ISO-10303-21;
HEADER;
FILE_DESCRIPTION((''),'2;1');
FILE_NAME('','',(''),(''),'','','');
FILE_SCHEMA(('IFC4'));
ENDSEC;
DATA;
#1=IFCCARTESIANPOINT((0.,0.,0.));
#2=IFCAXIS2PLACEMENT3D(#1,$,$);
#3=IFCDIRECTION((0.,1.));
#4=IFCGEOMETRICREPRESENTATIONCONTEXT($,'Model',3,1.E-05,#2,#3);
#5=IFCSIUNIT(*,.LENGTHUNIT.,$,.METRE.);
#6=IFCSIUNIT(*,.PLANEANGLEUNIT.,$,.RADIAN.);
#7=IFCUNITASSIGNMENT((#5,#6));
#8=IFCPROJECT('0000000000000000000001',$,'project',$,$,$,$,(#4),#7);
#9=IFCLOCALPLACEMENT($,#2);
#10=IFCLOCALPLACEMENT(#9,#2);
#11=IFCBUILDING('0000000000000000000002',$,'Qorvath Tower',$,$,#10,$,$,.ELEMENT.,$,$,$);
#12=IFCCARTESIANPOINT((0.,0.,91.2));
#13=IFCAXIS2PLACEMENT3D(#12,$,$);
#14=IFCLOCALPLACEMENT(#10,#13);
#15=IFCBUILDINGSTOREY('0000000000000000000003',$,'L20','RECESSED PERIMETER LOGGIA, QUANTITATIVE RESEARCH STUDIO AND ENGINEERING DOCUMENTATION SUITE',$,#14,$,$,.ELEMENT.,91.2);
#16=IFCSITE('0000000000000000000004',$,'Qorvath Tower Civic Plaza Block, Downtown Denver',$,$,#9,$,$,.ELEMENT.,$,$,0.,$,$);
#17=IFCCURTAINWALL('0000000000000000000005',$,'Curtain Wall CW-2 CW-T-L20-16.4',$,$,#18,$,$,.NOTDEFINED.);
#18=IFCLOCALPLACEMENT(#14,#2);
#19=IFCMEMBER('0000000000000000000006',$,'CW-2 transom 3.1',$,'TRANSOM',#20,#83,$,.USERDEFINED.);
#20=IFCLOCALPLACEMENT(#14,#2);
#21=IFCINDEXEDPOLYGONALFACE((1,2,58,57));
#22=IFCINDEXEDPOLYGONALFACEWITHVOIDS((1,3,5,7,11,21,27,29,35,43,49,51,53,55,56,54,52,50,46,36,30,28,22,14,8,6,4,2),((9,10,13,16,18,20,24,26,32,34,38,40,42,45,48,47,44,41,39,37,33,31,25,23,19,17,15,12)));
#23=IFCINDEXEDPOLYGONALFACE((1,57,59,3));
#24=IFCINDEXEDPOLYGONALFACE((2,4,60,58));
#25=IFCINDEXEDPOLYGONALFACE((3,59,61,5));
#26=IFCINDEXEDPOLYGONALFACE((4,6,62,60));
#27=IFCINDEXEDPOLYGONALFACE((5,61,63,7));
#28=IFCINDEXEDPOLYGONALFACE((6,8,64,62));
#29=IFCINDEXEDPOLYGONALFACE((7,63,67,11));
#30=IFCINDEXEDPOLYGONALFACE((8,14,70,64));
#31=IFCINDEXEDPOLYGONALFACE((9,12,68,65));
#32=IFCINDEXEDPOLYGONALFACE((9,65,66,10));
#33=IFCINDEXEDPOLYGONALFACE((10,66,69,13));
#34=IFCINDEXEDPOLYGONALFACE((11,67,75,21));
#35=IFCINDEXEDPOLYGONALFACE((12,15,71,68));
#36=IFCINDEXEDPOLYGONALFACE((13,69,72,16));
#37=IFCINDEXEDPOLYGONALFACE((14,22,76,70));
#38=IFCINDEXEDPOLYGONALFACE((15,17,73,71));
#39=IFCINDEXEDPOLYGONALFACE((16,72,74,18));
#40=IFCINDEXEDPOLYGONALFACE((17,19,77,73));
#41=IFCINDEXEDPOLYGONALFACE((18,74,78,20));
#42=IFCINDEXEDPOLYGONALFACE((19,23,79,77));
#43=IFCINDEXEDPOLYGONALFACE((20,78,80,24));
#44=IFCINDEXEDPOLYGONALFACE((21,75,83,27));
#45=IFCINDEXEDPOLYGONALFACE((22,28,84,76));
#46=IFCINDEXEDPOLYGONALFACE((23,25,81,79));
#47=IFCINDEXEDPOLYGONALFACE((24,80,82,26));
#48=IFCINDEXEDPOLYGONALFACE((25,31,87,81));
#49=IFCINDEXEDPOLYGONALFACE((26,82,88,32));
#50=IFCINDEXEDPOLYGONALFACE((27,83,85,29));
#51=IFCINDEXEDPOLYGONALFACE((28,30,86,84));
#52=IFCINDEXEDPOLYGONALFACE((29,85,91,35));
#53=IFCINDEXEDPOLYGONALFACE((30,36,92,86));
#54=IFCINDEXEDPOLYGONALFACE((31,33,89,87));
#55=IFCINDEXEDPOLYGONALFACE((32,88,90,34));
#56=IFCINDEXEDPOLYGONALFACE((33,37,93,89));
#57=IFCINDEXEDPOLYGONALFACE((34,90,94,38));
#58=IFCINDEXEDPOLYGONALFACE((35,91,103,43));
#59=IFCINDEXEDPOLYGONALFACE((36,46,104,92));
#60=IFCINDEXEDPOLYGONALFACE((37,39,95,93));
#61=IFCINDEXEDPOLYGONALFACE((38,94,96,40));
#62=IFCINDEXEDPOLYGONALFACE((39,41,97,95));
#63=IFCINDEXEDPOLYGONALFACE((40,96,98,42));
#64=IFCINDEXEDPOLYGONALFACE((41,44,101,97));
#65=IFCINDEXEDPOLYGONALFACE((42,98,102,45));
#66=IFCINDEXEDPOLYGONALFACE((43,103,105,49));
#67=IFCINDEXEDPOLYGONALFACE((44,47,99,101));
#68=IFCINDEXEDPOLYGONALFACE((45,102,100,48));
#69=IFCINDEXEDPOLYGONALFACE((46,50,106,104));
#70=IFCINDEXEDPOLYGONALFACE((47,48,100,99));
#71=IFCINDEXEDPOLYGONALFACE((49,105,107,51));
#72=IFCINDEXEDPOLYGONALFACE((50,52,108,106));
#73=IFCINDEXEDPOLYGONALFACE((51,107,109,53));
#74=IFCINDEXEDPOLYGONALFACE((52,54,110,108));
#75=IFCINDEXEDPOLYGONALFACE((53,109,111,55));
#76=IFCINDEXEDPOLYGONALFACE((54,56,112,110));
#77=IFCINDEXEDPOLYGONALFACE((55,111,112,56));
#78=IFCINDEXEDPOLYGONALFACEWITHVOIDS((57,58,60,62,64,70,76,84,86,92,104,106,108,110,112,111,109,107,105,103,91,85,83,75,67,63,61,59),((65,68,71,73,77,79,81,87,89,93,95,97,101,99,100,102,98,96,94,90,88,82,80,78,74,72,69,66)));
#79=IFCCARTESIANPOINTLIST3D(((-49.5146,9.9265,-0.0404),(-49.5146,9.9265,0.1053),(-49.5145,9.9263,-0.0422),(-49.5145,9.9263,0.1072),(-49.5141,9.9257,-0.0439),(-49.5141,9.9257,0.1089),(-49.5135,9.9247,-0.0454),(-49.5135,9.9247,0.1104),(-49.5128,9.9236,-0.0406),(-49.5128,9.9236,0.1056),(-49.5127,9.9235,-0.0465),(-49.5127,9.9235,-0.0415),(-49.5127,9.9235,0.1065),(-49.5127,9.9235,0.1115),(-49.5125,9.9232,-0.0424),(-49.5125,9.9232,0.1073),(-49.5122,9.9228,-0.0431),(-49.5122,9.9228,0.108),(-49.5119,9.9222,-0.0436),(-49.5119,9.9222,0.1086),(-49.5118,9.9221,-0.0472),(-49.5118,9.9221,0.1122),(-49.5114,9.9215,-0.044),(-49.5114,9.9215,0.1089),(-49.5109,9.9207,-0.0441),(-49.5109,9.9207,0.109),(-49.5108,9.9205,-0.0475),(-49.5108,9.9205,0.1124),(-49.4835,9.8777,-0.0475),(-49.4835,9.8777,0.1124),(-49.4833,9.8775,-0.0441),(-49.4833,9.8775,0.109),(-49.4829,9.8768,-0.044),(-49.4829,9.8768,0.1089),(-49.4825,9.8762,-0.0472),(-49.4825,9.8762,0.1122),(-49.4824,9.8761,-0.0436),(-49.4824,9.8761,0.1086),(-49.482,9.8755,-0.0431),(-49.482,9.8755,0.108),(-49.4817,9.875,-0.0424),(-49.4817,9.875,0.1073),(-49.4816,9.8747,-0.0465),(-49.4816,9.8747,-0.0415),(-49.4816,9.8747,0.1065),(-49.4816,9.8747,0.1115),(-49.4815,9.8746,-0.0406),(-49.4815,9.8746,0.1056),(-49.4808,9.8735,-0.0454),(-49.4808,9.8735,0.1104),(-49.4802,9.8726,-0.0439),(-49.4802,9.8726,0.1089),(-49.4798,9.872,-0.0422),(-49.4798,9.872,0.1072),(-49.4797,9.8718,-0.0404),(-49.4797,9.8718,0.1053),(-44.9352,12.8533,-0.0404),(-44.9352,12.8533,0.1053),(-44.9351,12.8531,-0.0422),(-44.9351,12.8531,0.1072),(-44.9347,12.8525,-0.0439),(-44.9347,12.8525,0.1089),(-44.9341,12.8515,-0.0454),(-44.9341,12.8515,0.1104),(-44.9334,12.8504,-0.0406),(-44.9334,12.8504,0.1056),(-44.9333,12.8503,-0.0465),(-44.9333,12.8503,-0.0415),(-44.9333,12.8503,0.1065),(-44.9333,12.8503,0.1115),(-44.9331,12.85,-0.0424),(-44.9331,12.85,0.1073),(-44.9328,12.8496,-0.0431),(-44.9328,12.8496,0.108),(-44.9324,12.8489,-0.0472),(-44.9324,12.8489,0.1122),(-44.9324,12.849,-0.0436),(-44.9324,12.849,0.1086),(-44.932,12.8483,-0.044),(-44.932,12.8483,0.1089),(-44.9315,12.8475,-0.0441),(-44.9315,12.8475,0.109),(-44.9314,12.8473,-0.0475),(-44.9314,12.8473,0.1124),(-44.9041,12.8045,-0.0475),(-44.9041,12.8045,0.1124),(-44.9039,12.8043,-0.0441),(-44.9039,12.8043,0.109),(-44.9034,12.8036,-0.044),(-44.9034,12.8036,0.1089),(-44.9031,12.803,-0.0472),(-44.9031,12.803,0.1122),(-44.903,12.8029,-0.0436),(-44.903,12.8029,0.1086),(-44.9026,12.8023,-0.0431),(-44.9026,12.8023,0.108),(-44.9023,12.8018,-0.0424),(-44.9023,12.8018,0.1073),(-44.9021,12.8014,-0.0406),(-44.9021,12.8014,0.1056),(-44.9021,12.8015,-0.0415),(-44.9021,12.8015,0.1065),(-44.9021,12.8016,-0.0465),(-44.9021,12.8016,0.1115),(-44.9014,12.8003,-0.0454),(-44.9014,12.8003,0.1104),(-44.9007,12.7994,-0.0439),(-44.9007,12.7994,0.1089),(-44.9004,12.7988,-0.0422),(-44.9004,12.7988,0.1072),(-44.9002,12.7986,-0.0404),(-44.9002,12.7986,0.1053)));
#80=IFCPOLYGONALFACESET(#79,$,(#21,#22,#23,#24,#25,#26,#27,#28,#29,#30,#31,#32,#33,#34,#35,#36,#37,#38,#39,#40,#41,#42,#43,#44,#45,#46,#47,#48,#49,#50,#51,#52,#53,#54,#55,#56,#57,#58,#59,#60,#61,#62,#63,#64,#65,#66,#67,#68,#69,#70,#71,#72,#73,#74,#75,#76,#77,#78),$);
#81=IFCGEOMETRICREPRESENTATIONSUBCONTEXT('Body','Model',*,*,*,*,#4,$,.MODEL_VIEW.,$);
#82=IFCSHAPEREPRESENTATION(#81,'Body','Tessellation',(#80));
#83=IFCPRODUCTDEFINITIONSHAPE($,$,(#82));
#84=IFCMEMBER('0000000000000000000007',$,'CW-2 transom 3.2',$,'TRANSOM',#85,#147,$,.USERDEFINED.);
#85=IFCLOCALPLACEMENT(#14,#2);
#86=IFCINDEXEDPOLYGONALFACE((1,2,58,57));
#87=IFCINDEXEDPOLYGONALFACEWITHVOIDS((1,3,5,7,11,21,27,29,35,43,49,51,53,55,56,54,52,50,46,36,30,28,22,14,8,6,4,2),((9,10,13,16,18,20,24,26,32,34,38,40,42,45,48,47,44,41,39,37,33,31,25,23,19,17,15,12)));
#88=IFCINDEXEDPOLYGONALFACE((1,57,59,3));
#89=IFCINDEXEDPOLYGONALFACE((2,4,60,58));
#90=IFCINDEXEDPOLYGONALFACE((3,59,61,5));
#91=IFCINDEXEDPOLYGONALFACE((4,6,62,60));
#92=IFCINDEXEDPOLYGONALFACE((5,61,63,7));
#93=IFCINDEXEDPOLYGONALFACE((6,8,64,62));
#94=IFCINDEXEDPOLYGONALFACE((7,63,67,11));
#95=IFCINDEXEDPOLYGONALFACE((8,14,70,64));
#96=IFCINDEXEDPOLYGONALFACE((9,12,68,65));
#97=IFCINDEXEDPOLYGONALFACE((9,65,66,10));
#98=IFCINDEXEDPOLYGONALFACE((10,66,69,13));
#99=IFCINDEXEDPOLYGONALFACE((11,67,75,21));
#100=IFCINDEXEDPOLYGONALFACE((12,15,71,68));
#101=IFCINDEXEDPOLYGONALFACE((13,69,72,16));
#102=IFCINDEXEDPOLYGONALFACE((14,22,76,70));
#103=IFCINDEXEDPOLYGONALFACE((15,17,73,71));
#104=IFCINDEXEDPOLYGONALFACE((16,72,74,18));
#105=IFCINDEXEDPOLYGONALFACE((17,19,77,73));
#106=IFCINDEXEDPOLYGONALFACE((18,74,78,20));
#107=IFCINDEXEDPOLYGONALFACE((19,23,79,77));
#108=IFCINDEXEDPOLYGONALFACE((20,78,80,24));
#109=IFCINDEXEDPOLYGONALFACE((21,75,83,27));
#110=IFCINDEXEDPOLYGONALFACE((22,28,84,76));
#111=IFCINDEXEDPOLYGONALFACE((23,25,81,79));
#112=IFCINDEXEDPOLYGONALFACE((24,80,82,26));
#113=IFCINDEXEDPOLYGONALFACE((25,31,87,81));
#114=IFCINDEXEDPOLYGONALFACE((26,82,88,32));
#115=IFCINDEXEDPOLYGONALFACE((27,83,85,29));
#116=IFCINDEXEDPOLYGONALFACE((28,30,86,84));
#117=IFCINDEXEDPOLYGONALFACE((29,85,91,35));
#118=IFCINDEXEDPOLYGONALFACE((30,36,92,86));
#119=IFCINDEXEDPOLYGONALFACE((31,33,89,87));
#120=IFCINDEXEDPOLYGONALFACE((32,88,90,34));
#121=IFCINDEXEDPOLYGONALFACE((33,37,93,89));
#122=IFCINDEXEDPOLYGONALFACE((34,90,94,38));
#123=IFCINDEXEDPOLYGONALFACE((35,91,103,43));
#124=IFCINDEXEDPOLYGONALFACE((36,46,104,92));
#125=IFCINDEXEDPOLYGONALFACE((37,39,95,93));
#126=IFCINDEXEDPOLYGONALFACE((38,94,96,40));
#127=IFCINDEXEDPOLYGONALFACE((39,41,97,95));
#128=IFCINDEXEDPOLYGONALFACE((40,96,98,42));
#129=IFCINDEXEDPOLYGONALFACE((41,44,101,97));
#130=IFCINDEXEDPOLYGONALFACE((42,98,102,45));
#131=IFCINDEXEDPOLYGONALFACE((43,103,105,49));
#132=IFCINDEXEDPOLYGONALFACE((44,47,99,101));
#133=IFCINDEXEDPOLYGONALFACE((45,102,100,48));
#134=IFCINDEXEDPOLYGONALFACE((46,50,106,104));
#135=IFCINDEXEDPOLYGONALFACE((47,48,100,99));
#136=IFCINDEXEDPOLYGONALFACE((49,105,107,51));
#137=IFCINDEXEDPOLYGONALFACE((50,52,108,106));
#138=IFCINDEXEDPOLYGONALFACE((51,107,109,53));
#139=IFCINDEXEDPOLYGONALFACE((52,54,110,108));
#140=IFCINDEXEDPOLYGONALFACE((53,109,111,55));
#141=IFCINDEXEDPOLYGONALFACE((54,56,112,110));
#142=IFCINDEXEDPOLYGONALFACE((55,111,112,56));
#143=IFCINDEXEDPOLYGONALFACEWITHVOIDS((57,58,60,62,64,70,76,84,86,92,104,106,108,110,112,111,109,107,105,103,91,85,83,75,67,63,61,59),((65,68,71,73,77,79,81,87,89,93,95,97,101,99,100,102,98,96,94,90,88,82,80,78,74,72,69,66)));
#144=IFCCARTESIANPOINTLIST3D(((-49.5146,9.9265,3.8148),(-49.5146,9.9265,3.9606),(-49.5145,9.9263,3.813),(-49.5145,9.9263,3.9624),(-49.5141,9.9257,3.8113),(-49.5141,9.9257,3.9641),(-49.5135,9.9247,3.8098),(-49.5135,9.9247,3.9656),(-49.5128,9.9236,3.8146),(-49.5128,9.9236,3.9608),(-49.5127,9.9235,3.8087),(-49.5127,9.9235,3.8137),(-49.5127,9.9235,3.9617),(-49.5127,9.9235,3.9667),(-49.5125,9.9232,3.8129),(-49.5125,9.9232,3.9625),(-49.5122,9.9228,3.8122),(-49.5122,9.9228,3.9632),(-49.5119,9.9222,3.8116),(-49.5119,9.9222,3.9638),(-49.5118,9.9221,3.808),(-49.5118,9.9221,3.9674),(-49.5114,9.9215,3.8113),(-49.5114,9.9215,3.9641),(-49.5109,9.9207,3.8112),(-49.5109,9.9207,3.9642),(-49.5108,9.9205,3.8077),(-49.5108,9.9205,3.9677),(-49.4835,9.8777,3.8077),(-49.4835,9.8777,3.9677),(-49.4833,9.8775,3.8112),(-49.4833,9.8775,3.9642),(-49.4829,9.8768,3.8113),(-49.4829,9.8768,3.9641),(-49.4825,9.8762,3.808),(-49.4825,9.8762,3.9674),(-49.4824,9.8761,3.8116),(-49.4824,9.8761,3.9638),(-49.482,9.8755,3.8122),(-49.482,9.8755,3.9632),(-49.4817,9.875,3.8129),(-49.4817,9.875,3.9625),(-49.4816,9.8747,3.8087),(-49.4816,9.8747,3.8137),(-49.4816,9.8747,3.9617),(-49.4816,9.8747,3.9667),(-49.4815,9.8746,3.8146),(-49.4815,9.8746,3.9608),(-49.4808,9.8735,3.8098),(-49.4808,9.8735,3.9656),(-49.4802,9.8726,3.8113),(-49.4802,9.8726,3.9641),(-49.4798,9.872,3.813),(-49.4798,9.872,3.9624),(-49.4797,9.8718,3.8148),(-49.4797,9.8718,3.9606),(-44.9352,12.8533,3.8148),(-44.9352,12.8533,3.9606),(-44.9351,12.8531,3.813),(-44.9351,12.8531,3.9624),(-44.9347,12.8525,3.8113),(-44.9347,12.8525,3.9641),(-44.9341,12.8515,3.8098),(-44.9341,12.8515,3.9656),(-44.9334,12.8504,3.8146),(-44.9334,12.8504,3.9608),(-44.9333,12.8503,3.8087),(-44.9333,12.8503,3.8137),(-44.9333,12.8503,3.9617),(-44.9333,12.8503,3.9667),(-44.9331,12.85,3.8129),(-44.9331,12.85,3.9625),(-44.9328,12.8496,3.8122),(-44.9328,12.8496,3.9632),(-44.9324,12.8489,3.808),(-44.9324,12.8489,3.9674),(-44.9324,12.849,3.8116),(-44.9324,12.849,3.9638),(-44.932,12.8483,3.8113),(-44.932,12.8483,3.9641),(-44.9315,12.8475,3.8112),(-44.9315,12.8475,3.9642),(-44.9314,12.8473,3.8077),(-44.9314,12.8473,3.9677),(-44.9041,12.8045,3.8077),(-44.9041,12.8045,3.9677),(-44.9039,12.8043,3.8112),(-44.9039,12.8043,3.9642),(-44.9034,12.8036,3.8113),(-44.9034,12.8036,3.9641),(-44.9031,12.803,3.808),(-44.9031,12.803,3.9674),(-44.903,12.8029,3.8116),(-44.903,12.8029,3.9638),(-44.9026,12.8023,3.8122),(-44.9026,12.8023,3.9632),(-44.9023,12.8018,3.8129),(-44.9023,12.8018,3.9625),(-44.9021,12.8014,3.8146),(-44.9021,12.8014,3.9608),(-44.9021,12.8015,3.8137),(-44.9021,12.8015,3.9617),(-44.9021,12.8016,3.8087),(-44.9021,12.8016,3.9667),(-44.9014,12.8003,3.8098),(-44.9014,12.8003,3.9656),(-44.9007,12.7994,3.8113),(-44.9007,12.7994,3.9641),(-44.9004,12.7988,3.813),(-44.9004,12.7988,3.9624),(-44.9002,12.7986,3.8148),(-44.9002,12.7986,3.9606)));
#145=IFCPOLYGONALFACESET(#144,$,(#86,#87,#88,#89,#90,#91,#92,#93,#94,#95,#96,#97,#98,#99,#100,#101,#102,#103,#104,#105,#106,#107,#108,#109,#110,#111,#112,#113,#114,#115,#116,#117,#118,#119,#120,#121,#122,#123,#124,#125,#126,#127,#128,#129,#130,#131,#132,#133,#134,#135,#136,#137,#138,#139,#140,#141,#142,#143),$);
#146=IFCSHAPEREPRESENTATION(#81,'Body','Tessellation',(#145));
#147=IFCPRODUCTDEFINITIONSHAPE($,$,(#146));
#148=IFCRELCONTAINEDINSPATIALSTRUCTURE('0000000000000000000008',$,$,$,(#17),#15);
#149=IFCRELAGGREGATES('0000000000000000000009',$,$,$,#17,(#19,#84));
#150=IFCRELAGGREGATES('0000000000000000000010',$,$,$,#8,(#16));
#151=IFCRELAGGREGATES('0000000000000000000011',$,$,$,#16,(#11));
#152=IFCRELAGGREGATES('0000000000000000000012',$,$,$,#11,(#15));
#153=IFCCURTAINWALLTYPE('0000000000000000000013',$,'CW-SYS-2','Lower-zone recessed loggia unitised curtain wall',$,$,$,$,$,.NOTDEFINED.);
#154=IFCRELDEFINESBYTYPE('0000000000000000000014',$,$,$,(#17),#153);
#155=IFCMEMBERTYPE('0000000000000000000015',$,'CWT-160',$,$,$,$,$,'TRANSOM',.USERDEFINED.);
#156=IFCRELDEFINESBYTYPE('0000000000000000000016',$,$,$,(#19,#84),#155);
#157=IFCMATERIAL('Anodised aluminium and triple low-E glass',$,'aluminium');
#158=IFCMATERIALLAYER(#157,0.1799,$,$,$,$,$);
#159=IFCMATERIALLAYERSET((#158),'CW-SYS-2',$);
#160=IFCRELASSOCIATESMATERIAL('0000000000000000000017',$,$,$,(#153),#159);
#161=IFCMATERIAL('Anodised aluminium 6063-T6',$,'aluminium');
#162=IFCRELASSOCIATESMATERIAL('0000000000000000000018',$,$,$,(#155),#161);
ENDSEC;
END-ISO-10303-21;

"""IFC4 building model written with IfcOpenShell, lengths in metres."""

from ifc_helpers import new_model, si_unit, direction, frame, origin, origin_2d, place, context, subcontext, project, spatial, hollow_rectangle, extrude, material, layer, layer_set, material_profile, profile_set, type_object, element, aggregate, save


model = new_model("IFC4")

# Units and contexts
model_context = context("Model", 3, precision=1e-05, world=origin(), true_north=direction((0.0, 1.0)))
body_context = subcontext(model_context, "Body", "Model", "MODEL_VIEW")
ifc_project = project(units=[si_unit("LENGTHUNIT", "METRE"), si_unit("PLANEANGLEUNIT", "RADIAN")], contexts=[model_context])

# Site, building, storey
site_placement = place(None, origin())
site = spatial("IfcSite", under=ifc_project, at=site_placement, Name="Qorvath Tower Civic Plaza Block, Downtown Denver", CompositionType="ELEMENT", RefElevation=0.0)
building_placement = place(site_placement, origin())
building = spatial("IfcBuilding", under=site, at=building_placement, Name="Qorvath Tower", CompositionType="ELEMENT")
storey_placement = place(building_placement, frame((0.0, 0.0, 91.2)))
storey = spatial("IfcBuildingStorey", under=building, at=storey_placement, Name="L20", Description="RECESSED PERIMETER LOGGIA, QUANTITATIVE RESEARCH STUDIO AND ENGINEERING DOCUMENTATION SUITE", CompositionType="ELEMENT", Elevation=91.2)

# Curtain wall, members
ifc_material_1 = material(Name="Anodised aluminium and triple low-E glass", Category="aluminium")
ifc_layer_1 = layer(ifc_material_1, 0.1799)
ifc_layer_set_1 = layer_set([ifc_layer_1], Name="CW-SYS-2")
curtain_wall_type = type_object("IfcCurtainWallType", Name="CW-SYS-2", Description="Lower-zone recessed loggia unitised curtain wall", PredefinedType="NOTDEFINED", material=ifc_layer_set_1)
curtain_wall_placement = place(storey_placement, origin())
curtain_wall = element("IfcCurtainWall", 1, at=curtain_wall_placement, inside=storey, type_object=curtain_wall_type, Name="Curtain Wall CW-2 CW-T-L20-16.4", PredefinedType="NOTDEFINED")
ifc_material_2 = material(Name="Anodised aluminium 6063-T6", Category="aluminium")
ifc_material_profile_1 = material_profile(ifc_material_2, hollow_rectangle(XDim=0.0649, YDim=0.1599, WallThickness=0.0034, InnerFilletRadius=0.0034, OuterFilletRadius=0.0071, at=origin_2d()), Name="CWT 160x65")
ifc_profile_set_1 = profile_set([ifc_material_profile_1], Name="Anodised aluminium 6063-T6")
member_type_1 = type_object("IfcMemberType", Name="CWT-160", ElementType="TRANSOM", PredefinedType="USERDEFINED", material=ifc_profile_set_1)
member_1_placement = place(storey_placement, frame((-44.9177, 12.8259, 0.0325), z_axis=(-0.842607, -0.538528, 0.0), x_axis=(0.538528, -0.842607, 0.0)))
member_1 = element("IfcMember", 2, at=member_1_placement, type_object=member_type_1, Name="CW-2 transom 3.1", ObjectType="TRANSOM", PredefinedType="USERDEFINED", context=body_context, shape_type="SweptSolid", body=[
    extrude(hollow_rectangle(XDim=0.0649, YDim=0.1599, WallThickness=0.0034, InnerFilletRadius=0.0034, OuterFilletRadius=0.0071, at=origin_2d()), origin(), (0.0, 0.0, 1.0), 5.4348),
])
member_2_placement = place(storey_placement, frame((-44.9177, 12.8259, 3.8877), z_axis=(-0.842607, -0.538528, 0.0), x_axis=(0.538528, -0.842607, 0.0)))
member_2 = element("IfcMember", 3, at=member_2_placement, type_object=member_type_1, Name="CW-2 transom 3.2", ObjectType="TRANSOM", PredefinedType="USERDEFINED", context=body_context, shape_type="SweptSolid", body=[
    extrude(hollow_rectangle(XDim=0.0649, YDim=0.1599, WallThickness=0.0034, InnerFilletRadius=0.0034, OuterFilletRadius=0.0071, at=origin_2d()), origin(), (0.0, 0.0, 1.0), 5.4348),
])
aggregate(curtain_wall, [member_1, member_2])

save(model, "model.ifc")
